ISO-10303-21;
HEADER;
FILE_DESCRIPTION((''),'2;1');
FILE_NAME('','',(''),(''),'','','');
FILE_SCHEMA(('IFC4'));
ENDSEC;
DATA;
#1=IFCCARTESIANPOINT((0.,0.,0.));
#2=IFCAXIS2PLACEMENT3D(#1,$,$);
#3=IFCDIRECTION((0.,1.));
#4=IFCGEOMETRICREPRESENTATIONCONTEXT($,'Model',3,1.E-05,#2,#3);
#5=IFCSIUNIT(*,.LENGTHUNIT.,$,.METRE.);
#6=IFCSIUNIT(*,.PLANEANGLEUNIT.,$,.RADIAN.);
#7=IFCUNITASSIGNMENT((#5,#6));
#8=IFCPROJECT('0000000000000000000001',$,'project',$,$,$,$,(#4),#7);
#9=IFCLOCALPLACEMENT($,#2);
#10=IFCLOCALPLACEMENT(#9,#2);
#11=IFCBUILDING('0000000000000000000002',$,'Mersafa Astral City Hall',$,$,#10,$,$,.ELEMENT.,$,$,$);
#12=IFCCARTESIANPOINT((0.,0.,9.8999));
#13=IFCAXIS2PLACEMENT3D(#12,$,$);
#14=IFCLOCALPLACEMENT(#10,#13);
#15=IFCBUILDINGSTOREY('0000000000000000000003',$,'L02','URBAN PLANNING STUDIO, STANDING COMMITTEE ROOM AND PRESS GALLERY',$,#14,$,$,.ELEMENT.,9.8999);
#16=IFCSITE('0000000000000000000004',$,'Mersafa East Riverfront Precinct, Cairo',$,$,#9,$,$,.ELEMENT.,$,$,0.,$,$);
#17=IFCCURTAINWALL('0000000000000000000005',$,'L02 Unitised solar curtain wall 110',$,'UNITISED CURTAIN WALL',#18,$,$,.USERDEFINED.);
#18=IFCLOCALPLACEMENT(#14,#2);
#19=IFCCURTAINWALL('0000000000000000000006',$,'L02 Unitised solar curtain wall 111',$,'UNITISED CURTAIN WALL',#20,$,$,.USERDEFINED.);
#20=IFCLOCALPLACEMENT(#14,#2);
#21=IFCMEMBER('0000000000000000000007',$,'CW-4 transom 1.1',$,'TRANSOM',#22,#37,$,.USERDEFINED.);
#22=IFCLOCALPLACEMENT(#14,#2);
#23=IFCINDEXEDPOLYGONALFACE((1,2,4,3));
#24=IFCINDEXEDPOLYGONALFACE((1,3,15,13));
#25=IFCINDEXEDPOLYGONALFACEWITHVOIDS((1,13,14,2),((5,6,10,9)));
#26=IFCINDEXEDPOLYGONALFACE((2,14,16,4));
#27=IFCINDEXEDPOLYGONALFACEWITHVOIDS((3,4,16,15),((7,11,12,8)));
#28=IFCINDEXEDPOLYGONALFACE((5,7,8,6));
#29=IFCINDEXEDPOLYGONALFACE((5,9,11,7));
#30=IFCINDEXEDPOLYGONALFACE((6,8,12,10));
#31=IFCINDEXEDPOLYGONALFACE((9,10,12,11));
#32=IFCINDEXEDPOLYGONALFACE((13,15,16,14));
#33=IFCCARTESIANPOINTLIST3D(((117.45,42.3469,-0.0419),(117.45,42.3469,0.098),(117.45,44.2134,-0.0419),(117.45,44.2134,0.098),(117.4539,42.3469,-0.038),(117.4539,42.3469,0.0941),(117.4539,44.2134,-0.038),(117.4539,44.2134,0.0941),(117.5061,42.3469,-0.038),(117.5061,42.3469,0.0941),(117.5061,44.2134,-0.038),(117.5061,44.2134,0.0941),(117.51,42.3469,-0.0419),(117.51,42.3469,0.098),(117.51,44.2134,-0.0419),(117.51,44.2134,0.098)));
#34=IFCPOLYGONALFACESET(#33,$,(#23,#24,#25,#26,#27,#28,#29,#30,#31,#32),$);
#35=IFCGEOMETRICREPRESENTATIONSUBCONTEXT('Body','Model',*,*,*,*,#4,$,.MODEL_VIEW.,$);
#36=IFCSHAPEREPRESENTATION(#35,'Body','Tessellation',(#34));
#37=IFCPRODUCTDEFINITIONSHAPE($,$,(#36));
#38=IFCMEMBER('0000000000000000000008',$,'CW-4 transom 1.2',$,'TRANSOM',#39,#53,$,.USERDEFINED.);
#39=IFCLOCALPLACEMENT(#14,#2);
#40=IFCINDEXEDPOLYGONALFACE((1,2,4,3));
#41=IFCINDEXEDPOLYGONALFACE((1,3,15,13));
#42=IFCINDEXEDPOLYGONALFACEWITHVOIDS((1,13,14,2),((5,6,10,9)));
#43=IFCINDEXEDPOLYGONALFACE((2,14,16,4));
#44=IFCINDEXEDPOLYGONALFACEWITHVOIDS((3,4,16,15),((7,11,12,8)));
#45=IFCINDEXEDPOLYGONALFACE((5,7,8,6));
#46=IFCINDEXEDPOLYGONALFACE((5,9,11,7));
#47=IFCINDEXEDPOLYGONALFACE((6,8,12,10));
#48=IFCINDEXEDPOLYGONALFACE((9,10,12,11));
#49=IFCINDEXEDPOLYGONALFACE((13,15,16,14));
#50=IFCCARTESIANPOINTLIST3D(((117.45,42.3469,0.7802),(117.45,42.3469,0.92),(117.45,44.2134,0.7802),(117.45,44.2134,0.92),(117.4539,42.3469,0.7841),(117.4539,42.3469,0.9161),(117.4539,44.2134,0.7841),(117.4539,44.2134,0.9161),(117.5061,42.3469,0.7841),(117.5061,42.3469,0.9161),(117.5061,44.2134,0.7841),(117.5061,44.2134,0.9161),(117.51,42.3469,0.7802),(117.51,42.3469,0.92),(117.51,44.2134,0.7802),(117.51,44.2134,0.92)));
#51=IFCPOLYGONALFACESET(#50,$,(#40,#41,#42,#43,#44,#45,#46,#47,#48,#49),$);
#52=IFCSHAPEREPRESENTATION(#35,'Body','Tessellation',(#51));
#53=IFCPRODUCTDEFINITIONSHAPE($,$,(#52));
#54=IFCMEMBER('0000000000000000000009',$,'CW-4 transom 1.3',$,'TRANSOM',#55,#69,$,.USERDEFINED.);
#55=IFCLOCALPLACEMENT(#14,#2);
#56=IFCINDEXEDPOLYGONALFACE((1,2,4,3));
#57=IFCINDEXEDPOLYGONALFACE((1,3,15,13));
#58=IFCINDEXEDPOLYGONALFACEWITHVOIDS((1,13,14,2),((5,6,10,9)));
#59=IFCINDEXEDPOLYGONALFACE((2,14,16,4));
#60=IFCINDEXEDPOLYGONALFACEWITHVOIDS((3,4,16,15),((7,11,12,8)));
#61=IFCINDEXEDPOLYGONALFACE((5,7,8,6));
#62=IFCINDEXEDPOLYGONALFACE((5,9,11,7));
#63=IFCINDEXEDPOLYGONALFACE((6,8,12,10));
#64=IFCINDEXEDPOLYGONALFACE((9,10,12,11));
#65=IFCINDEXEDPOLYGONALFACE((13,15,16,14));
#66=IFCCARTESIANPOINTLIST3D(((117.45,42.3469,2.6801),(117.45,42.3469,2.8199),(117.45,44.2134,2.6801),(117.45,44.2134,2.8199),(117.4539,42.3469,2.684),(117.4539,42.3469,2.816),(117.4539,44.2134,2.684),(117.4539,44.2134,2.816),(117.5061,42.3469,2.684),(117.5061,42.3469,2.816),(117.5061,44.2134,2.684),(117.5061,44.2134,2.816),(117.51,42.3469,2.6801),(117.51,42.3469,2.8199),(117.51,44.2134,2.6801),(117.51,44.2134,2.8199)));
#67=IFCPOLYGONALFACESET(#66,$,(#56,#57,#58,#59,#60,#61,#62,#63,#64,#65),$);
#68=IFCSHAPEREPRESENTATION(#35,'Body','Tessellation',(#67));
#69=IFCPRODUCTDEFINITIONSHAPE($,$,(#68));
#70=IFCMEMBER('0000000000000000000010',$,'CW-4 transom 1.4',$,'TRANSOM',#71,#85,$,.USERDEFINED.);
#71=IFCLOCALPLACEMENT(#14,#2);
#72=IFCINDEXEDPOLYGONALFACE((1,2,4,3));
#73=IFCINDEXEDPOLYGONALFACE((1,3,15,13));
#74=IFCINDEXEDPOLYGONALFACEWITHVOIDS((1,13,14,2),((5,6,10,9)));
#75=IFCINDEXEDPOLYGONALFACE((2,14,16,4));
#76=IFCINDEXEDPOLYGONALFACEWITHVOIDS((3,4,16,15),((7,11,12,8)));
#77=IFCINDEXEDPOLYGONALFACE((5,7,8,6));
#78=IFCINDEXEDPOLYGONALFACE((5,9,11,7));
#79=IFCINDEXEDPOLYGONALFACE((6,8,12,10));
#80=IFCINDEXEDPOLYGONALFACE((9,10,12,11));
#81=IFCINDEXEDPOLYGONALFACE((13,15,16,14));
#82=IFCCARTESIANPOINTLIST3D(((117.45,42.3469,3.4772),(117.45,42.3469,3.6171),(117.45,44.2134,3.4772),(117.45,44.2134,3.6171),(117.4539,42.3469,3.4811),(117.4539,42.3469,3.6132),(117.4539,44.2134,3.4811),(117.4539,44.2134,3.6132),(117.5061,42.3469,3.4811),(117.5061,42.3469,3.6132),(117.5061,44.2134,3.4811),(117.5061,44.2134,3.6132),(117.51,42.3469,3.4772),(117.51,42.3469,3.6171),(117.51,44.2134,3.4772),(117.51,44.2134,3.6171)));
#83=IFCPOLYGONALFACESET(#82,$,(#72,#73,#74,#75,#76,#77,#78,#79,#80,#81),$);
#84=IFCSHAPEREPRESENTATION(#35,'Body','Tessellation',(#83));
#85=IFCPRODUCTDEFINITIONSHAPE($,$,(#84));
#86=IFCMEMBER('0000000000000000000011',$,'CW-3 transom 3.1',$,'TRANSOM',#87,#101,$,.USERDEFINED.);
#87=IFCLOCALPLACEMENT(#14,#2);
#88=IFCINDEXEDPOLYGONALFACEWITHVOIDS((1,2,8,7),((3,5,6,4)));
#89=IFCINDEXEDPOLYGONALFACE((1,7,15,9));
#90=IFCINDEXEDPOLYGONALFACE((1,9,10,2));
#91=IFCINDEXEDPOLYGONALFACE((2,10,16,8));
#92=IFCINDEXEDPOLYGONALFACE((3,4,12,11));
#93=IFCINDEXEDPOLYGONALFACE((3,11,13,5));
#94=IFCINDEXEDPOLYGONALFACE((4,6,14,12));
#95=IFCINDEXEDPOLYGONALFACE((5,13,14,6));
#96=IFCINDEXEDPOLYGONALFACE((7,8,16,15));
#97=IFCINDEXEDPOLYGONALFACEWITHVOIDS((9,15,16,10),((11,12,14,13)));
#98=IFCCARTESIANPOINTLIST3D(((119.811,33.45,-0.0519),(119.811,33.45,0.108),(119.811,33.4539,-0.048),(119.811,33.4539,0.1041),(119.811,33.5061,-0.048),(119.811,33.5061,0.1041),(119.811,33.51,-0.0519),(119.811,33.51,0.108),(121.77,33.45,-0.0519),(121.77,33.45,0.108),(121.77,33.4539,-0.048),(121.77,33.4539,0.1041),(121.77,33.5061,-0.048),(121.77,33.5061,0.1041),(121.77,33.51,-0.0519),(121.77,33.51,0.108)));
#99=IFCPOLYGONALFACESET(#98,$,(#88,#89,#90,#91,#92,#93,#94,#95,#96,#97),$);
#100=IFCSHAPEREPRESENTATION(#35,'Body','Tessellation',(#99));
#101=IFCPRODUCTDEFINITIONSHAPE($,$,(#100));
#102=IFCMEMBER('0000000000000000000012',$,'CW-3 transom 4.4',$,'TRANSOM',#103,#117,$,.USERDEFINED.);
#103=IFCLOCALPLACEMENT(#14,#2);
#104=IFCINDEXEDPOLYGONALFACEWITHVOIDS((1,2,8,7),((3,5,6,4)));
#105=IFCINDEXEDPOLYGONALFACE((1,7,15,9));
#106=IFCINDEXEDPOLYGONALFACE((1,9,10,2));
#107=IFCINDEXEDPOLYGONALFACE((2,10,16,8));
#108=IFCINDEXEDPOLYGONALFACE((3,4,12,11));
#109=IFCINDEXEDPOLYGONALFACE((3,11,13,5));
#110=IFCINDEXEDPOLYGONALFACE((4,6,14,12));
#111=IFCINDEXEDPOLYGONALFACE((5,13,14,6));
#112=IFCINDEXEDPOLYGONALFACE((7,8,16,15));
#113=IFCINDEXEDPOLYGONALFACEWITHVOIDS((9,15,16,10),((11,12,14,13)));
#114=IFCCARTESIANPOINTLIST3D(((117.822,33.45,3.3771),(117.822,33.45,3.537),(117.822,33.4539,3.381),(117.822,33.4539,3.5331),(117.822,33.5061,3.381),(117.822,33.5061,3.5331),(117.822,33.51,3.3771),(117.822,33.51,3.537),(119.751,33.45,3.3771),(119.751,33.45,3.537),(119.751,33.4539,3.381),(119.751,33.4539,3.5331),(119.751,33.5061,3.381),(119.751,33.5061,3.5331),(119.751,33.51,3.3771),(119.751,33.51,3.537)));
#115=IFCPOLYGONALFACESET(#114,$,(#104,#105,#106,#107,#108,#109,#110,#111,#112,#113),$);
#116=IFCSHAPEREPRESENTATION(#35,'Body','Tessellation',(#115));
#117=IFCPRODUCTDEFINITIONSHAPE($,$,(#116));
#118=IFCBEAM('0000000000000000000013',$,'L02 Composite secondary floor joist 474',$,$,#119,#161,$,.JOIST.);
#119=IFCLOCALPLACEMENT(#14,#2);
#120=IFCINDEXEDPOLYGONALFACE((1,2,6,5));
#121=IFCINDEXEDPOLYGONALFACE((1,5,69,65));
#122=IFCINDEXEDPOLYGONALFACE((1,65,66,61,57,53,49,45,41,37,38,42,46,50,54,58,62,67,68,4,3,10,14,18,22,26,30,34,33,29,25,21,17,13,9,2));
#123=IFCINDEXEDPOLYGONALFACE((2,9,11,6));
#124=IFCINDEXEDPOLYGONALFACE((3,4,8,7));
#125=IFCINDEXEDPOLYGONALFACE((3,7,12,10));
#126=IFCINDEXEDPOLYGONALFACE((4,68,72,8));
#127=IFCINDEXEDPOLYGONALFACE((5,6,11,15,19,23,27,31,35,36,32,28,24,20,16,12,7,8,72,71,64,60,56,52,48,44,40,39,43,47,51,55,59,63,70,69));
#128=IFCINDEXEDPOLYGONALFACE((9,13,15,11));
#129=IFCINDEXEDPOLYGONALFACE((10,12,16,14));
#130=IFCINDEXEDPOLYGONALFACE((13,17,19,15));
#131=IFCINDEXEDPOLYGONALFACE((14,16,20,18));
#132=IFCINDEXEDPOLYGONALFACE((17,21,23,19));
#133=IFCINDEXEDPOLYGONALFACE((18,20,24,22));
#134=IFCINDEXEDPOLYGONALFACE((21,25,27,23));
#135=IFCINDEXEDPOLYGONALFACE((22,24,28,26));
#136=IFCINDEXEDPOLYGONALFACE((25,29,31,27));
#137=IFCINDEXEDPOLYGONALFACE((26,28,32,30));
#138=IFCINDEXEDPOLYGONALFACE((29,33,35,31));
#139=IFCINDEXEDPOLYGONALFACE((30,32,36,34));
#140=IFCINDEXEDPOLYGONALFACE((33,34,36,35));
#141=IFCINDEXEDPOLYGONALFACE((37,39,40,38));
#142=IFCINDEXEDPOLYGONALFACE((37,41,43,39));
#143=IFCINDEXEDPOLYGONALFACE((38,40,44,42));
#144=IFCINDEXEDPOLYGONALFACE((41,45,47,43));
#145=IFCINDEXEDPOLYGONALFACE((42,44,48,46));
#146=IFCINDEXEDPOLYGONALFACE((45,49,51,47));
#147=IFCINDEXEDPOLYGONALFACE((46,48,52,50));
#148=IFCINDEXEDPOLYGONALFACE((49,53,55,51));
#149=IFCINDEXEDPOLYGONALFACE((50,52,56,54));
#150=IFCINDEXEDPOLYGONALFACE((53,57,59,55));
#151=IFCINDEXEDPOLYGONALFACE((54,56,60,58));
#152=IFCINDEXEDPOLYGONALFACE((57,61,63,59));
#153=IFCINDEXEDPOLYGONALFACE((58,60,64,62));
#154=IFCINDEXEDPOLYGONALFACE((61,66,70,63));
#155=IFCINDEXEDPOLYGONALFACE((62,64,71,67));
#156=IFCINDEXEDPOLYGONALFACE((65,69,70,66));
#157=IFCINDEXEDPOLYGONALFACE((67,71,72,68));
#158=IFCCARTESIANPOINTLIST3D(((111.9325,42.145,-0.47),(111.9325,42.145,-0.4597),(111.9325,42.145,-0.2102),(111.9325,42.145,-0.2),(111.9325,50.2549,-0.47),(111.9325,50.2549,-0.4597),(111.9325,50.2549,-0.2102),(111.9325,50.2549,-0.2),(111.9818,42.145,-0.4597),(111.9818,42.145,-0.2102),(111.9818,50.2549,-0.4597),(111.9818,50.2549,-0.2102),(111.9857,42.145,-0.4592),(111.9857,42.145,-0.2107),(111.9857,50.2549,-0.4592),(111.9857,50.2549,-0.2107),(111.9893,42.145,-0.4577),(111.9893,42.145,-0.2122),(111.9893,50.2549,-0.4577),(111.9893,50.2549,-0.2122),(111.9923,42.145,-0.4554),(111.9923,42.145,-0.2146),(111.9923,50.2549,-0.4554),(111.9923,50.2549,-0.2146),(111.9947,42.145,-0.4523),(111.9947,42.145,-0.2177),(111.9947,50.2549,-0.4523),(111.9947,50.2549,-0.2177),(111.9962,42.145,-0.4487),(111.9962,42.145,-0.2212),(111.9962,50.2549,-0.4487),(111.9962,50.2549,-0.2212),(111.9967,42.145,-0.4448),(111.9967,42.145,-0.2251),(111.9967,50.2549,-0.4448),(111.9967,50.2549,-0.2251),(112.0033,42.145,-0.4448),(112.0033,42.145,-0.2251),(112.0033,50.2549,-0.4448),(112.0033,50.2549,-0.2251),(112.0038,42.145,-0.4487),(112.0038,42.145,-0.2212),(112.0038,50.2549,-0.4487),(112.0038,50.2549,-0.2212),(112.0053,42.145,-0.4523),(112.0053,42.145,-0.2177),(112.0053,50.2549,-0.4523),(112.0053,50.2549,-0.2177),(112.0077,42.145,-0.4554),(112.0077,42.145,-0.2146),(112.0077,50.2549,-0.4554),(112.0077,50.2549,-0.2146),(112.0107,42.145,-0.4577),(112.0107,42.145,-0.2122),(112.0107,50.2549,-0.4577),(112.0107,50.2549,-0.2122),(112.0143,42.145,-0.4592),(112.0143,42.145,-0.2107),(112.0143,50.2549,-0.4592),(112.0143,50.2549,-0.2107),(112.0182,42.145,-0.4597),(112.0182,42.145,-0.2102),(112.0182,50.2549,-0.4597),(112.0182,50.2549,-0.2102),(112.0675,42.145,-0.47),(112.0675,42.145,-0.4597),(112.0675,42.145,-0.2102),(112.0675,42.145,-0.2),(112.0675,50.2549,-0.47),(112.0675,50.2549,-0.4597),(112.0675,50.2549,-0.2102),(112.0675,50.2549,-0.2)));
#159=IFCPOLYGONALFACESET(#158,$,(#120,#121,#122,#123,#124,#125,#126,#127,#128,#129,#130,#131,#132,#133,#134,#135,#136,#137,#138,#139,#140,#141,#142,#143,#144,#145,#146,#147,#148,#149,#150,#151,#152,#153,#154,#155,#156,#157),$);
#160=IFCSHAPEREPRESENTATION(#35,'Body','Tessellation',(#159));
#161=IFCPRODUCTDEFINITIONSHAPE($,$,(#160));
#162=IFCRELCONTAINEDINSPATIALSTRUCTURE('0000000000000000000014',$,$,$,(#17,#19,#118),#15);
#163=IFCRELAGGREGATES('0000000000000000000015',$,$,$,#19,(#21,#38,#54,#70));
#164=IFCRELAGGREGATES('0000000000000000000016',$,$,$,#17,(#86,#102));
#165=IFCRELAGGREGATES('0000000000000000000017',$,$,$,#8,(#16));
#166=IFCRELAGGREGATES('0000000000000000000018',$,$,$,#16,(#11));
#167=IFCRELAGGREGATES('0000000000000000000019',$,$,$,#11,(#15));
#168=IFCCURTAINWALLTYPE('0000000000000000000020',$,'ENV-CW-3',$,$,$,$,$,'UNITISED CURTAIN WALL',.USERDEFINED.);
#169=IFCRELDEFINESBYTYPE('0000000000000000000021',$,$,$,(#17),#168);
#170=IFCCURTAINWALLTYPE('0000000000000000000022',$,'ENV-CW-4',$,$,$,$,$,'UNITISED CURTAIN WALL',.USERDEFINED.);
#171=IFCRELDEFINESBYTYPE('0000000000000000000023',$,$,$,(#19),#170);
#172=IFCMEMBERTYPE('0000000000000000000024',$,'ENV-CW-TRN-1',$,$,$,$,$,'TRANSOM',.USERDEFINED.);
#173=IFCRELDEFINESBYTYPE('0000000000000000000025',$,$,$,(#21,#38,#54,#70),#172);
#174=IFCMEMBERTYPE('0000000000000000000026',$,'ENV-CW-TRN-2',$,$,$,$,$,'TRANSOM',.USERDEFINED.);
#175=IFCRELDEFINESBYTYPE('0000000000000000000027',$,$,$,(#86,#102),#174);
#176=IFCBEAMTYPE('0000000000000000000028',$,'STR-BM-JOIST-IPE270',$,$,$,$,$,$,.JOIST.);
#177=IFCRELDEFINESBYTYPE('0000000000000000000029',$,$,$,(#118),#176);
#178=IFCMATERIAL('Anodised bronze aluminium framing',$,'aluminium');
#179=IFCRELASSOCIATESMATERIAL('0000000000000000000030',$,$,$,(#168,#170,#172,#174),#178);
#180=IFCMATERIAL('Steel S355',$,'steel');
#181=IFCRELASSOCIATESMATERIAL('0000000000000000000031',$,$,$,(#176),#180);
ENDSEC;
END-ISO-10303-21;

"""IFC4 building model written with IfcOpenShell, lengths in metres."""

from ifc_helpers import new_model, si_unit, direction, frame, origin, origin_2d, place, context, subcontext, project, spatial, hollow_rectangle, i_section, extrude, material, material_profile, profile_set, type_object, element, aggregate, save


model = new_model("IFC4")

# Units and contexts
model_context = context("Model", 3, precision=1e-05, world=origin(), true_north=direction((0.0, 1.0)))
body_context = subcontext(model_context, "Body", "Model", "MODEL_VIEW")
ifc_project = project(units=[si_unit("LENGTHUNIT", "METRE"), si_unit("PLANEANGLEUNIT", "RADIAN")], contexts=[model_context])

# Site, building, storey
site_placement = place(None, origin())
site = spatial("IfcSite", under=ifc_project, at=site_placement, Name="Mersafa East Riverfront Precinct, Cairo", CompositionType="ELEMENT", RefElevation=0.0)
building_placement = place(site_placement, origin())
building = spatial("IfcBuilding", under=site, at=building_placement, Name="Mersafa Astral City Hall", CompositionType="ELEMENT")
storey_placement = place(building_placement, frame((0.0, 0.0, 9.8999)))
storey = spatial("IfcBuildingStorey", under=building, at=storey_placement, Name="L02", Description="URBAN PLANNING STUDIO, STANDING COMMITTEE ROOM AND PRESS GALLERY", CompositionType="ELEMENT", Elevation=9.8999)

# Shared definitions
ifc_material_1 = material(Name="Steel S355", Category="steel")

# Curtain wall
ifc_material_2 = material(Name="Anodised bronze aluminium framing", Category="aluminium")
curtain_wall_type_1 = type_object("IfcCurtainWallType", Name="ENV-CW-3", ElementType="UNITISED CURTAIN WALL", PredefinedType="USERDEFINED", material=ifc_material_2)
curtain_wall_1_placement = place(storey_placement, origin())
curtain_wall_1 = element("IfcCurtainWall", 1, at=curtain_wall_1_placement, inside=storey, type_object=curtain_wall_type_1, Name="L02 Unitised solar curtain wall 110", ObjectType="UNITISED CURTAIN WALL", PredefinedType="USERDEFINED")

# Curtain wall, members
curtain_wall_type_2 = type_object("IfcCurtainWallType", Name="ENV-CW-4", ElementType="UNITISED CURTAIN WALL", PredefinedType="USERDEFINED", material=ifc_material_2)
curtain_wall_2_placement = place(storey_placement, origin())
curtain_wall_2 = element("IfcCurtainWall", 2, at=curtain_wall_2_placement, inside=storey, type_object=curtain_wall_type_2, Name="L02 Unitised solar curtain wall 111", ObjectType="UNITISED CURTAIN WALL", PredefinedType="USERDEFINED")
ifc_material_profile_1 = material_profile(ifc_material_2, hollow_rectangle(XDim=0.0601, YDim=0.1399, WallThickness=0.0039, at=origin_2d()), Name="RHS 60x140x4")
ifc_profile_set_1 = profile_set([ifc_material_profile_1], Name="Anodised bronze aluminium framing")
member_type_1 = type_object("IfcMemberType", Name="ENV-CW-TRN-1", ElementType="TRANSOM", PredefinedType="USERDEFINED", material=ifc_profile_set_1)
member_1_placement = place(storey_placement, frame((117.48, 42.3469, 0.0281), z_axis=(0.0, 1.0, 0.0), x_axis=(-1.0, 0.0, 0.0)))
member_1 = element("IfcMember", 3, at=member_1_placement, type_object=member_type_1, Name="CW-4 transom 1.1", ObjectType="TRANSOM", PredefinedType="USERDEFINED", context=body_context, shape_type="SweptSolid", body=[
    extrude(hollow_rectangle(XDim=0.0601, YDim=0.1399, WallThickness=0.0039, at=origin_2d()), origin(), (0.0, 0.0, 1.0), 1.8665),
])
member_2_placement = place(storey_placement, frame((117.48, 42.3469, 0.8501), z_axis=(0.0, 1.0, 0.0), x_axis=(-1.0, 0.0, 0.0)))
member_2 = element("IfcMember", 4, at=member_2_placement, type_object=member_type_1, Name="CW-4 transom 1.2", ObjectType="TRANSOM", PredefinedType="USERDEFINED", context=body_context, shape_type="SweptSolid", body=[
    extrude(hollow_rectangle(XDim=0.0601, YDim=0.1399, WallThickness=0.0039, at=origin_2d()), origin(), (0.0, 0.0, 1.0), 1.8665),
])
member_3_placement = place(storey_placement, frame((117.48, 42.3469, 2.75), z_axis=(0.0, 1.0, 0.0), x_axis=(-1.0, 0.0, 0.0)))
member_3 = element("IfcMember", 5, at=member_3_placement, type_object=member_type_1, Name="CW-4 transom 1.3", ObjectType="TRANSOM", PredefinedType="USERDEFINED", context=body_context, shape_type="SweptSolid", body=[
    extrude(hollow_rectangle(XDim=0.0601, YDim=0.1399, WallThickness=0.0039, at=origin_2d()), origin(), (0.0, 0.0, 1.0), 1.8665),
])
member_4_placement = place(storey_placement, frame((117.48, 42.3469, 3.5471), z_axis=(0.0, 1.0, 0.0), x_axis=(-1.0, 0.0, 0.0)))
member_4 = element("IfcMember", 6, at=member_4_placement, type_object=member_type_1, Name="CW-4 transom 1.4", ObjectType="TRANSOM", PredefinedType="USERDEFINED", context=body_context, shape_type="SweptSolid", body=[
    extrude(hollow_rectangle(XDim=0.0601, YDim=0.1399, WallThickness=0.0039, at=origin_2d()), origin(), (0.0, 0.0, 1.0), 1.8665),
])
aggregate(curtain_wall_2, [member_1, member_2, member_3, member_4])

# Members
ifc_material_profile_2 = material_profile(ifc_material_2, hollow_rectangle(XDim=0.0601, YDim=0.1599, WallThickness=0.0039, at=origin_2d()), Name="RHS 60x160x4")
ifc_profile_set_2 = profile_set([ifc_material_profile_2], Name="Anodised bronze aluminium framing")
member_type_2 = type_object("IfcMemberType", Name="ENV-CW-TRN-2", ElementType="TRANSOM", PredefinedType="USERDEFINED", material=ifc_profile_set_2)
member_5_placement = place(storey_placement, frame((121.77, 33.48, 0.0281), z_axis=(-1.0, 0.0, 0.0), x_axis=(0.0, -1.0, 0.0)))
member_5 = element("IfcMember", 7, at=member_5_placement, type_object=member_type_2, Name="CW-3 transom 3.1", ObjectType="TRANSOM", PredefinedType="USERDEFINED", context=body_context, shape_type="SweptSolid", body=[
    extrude(hollow_rectangle(XDim=0.0601, YDim=0.1599, WallThickness=0.0039, at=origin_2d()), origin(), (0.0, 0.0, 1.0), 1.959),
])
member_6_placement = place(storey_placement, frame((119.751, 33.48, 3.457), z_axis=(-1.0, 0.0, 0.0), x_axis=(0.0, -1.0, 0.0)))
member_6 = element("IfcMember", 8, at=member_6_placement, type_object=member_type_2, Name="CW-3 transom 4.4", ObjectType="TRANSOM", PredefinedType="USERDEFINED", context=body_context, shape_type="SweptSolid", body=[
    extrude(hollow_rectangle(XDim=0.0601, YDim=0.1599, WallThickness=0.0039, at=origin_2d()), origin(), (0.0, 0.0, 1.0), 1.929),
])

# Beam
ifc_material_profile_3 = material_profile(ifc_material_1, i_section(OverallWidth=0.135, OverallDepth=0.27, WebThickness=0.0066, FlangeThickness=0.0103, FilletRadius=0.0149, at=origin_2d()), Name="IPE 270")
ifc_profile_set_3 = profile_set([ifc_material_profile_3], Name="Steel S355")
beam_type_1 = type_object("IfcBeamType", Name="STR-BM-JOIST-IPE270", PredefinedType="JOIST", material=ifc_profile_set_3)
for number, where, z_axis, x_axis, name in (
    (9, (112.0, 42.145, -0.335), (0.0, 1.0, 0.0), (-1.0, 0.0, 0.0), "L02 Composite secondary floor joist 474"),
):
    element("IfcBeam", number, at=place(storey_placement, frame(where, z_axis=z_axis, x_axis=x_axis)), inside=storey, type_object=beam_type_1, Name=name, PredefinedType="JOIST", context=body_context, shape_type="SweptSolid", body=[
        extrude(i_section(OverallWidth=0.135, OverallDepth=0.27, WebThickness=0.0066, FlangeThickness=0.0103, FilletRadius=0.0149, at=origin_2d()), origin(), (0.0, 0.0, 1.0), 8.1099),
    ])

aggregate(curtain_wall_1, [member_5, member_6])

save(model, "model.ifc")
